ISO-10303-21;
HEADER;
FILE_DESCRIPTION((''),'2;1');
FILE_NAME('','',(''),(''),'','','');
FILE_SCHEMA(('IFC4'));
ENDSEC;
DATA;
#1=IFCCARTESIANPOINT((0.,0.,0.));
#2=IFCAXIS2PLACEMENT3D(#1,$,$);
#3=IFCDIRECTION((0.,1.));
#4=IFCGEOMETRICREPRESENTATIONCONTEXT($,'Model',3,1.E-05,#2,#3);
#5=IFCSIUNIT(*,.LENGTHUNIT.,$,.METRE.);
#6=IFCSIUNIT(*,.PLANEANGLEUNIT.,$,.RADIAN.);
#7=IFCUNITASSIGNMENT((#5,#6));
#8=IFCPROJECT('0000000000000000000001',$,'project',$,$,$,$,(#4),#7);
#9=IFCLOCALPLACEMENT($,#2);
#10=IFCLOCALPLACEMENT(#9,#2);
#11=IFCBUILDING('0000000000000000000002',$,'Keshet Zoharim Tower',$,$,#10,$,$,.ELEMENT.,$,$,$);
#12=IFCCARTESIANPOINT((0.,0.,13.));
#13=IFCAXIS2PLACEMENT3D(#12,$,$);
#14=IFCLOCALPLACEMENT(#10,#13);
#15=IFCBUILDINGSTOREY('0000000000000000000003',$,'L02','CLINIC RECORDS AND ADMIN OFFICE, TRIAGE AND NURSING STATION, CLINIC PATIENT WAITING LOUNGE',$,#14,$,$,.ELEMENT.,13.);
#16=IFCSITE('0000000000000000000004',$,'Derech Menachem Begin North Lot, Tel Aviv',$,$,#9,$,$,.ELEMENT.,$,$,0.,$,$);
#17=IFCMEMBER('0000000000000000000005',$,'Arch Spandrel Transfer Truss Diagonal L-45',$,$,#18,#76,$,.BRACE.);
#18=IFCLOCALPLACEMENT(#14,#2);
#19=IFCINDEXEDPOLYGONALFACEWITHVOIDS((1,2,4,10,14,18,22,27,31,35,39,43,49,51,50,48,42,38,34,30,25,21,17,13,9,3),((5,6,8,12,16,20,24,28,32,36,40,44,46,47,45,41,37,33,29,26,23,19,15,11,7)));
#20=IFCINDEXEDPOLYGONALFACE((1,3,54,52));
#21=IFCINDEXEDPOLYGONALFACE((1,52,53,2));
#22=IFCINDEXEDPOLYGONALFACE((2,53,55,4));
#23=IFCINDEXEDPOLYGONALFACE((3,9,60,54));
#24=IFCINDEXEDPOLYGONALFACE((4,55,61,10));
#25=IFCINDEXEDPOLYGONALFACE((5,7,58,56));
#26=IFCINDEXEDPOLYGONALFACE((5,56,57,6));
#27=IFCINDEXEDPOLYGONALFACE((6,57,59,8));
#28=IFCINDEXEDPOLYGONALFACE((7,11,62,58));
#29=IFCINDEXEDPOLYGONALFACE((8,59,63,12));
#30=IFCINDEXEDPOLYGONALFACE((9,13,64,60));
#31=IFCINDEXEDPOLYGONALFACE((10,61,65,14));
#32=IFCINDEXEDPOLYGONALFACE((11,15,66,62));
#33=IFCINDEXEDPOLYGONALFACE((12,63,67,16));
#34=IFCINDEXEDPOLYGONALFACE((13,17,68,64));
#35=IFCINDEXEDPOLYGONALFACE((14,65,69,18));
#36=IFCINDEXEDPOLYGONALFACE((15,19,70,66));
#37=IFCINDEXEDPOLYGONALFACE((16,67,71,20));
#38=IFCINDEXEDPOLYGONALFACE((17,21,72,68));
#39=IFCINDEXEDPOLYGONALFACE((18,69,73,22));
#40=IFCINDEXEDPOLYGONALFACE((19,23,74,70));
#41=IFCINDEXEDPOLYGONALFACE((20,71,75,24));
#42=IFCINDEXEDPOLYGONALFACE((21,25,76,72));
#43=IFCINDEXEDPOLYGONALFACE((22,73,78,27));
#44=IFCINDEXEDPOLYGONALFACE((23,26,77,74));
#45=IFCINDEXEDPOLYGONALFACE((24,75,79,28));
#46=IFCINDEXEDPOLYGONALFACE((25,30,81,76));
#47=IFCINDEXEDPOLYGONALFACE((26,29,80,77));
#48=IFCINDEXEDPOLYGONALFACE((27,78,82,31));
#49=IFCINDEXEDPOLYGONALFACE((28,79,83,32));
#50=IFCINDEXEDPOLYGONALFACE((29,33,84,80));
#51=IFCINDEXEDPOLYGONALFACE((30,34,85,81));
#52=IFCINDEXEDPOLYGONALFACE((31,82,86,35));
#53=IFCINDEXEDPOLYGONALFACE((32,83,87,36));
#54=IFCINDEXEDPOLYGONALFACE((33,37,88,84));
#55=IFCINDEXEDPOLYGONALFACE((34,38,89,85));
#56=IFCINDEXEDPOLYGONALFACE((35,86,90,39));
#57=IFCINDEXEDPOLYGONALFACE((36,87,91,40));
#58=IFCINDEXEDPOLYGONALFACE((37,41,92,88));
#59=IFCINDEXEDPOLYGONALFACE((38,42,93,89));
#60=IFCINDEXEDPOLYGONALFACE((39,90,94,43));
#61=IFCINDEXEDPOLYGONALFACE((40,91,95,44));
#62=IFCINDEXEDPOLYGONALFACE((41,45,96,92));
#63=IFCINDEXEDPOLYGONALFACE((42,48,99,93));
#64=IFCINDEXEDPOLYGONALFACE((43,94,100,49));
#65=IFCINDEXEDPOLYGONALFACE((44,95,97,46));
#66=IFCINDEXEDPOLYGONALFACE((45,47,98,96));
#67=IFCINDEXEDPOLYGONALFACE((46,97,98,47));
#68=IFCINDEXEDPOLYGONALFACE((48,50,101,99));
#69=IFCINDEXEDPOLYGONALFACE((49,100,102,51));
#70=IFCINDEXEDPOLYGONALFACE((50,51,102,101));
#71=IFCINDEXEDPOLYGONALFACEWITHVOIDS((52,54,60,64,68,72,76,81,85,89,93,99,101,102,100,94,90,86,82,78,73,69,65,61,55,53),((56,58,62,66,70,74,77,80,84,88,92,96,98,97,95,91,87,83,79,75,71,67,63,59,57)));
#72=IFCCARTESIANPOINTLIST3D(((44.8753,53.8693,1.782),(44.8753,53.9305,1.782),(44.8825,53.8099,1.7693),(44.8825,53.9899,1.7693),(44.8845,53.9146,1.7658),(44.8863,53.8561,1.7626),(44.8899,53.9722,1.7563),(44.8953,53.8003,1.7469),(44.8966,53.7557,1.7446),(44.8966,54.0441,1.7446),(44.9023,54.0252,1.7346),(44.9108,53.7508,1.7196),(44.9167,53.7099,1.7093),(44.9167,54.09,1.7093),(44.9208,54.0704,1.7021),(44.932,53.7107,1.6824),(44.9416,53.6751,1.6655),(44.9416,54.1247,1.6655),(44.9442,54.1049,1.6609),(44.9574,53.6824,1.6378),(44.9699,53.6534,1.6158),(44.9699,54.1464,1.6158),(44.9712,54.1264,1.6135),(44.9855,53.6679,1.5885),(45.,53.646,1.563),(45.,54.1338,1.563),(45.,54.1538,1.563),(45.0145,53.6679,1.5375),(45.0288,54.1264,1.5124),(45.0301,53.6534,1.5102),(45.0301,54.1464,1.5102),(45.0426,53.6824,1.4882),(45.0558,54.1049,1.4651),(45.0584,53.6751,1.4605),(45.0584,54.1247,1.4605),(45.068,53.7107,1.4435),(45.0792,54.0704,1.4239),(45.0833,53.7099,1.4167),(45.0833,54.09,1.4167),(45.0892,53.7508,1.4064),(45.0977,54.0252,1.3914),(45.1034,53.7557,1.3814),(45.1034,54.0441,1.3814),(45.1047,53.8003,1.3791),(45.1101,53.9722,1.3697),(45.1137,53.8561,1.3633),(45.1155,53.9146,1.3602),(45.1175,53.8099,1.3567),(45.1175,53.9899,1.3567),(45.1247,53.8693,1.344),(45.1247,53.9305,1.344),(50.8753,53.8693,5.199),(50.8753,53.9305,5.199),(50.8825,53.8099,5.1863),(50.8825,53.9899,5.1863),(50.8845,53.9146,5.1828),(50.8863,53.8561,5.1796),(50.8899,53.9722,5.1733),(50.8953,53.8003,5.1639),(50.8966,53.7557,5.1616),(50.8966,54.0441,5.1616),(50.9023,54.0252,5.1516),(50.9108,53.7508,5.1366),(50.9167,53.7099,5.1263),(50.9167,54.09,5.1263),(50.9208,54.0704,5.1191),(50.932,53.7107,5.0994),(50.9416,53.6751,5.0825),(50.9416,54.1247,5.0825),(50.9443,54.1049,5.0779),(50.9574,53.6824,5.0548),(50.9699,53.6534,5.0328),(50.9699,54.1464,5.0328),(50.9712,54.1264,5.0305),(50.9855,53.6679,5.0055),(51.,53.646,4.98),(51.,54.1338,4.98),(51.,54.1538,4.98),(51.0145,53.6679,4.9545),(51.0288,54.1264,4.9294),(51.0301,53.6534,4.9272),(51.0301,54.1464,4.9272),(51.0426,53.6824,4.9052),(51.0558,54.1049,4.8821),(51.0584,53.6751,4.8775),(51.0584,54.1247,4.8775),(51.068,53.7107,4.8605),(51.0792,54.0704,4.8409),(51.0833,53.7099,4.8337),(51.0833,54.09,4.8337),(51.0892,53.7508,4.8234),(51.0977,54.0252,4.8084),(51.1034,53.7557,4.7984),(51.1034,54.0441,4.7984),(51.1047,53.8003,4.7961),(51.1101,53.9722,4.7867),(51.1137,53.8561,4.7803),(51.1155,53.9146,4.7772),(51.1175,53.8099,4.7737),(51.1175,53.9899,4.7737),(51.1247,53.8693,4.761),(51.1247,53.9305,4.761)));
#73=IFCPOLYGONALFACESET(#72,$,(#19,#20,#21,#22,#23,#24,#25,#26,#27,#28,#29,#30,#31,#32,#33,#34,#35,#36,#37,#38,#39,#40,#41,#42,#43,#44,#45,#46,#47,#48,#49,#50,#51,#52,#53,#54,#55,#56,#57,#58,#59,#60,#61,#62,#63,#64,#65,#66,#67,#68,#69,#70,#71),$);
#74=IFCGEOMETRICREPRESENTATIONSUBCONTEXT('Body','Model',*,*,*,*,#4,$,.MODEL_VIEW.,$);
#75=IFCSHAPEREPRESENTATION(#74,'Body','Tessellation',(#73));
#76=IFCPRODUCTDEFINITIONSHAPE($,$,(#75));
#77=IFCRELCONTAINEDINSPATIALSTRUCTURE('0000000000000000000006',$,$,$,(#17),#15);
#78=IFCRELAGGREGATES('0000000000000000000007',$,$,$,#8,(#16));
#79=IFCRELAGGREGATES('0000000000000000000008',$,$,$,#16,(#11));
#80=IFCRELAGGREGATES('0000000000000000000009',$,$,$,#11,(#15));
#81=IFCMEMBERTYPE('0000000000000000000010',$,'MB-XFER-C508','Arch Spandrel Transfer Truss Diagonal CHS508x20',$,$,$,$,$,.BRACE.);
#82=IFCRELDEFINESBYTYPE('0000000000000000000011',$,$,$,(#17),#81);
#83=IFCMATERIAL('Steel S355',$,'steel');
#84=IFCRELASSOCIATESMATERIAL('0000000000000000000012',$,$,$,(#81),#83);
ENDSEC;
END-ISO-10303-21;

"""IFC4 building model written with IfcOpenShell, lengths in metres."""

from ifc_helpers import new_model, si_unit, direction, frame, origin, origin_2d, place, context, subcontext, project, spatial, hollow_circle, extrude, material, material_profile, profile_set, type_object, element, save


model = new_model("IFC4")

# Units and contexts
model_context = context("Model", 3, precision=1e-05, world=origin(), true_north=direction((0.0, 1.0)))
body_context = subcontext(model_context, "Body", "Model", "MODEL_VIEW")
ifc_project = project(units=[si_unit("LENGTHUNIT", "METRE"), si_unit("PLANEANGLEUNIT", "RADIAN")], contexts=[model_context])

# Site, building, storey
site_placement = place(None, origin())
site = spatial("IfcSite", under=ifc_project, at=site_placement, Name="Derech Menachem Begin North Lot, Tel Aviv", CompositionType="ELEMENT", RefElevation=0.0)
building_placement = place(site_placement, origin())
building = spatial("IfcBuilding", under=site, at=building_placement, Name="Keshet Zoharim Tower", CompositionType="ELEMENT")
storey_placement = place(building_placement, frame((0.0, 0.0, 13.0)))
storey = spatial("IfcBuildingStorey", under=building, at=storey_placement, Name="L02", Description="CLINIC RECORDS AND ADMIN OFFICE, TRIAGE AND NURSING STATION, CLINIC PATIENT WAITING LOUNGE", CompositionType="ELEMENT", Elevation=13.0)

# Shared definitions
ifc_material_1 = material(Name="Steel S355", Category="steel")

# Member
ifc_material_profile_1 = material_profile(ifc_material_1, hollow_circle(Radius=0.2539, WallThickness=0.02, at=origin_2d()), Name="CHS508x20")
ifc_profile_set_1 = profile_set([ifc_material_profile_1], Name="Steel S355")
member_type = type_object("IfcMemberType", Name="MB-XFER-C508", Description="Arch Spandrel Transfer Truss Diagonal CHS508x20", PredefinedType="BRACE", material=ifc_profile_set_1)
member_1_placement = place(storey_placement, frame((45.0, 53.8999, 1.563), z_axis=(0.868965, 0.0, 0.494874), x_axis=(0.0, 1.0, 0.0)))
element("IfcMember", 1, at=member_1_placement, inside=storey, type_object=member_type, Name="Arch Spandrel Transfer Truss Diagonal L-45", PredefinedType="BRACE", context=body_context, shape_type="SweptSolid", body=[
    extrude(hollow_circle(Radius=0.2539, WallThickness=0.02, at=origin_2d()), origin(), (0.0, 0.0, 1.0), 6.9048),
])

save(model, "model.ifc")
